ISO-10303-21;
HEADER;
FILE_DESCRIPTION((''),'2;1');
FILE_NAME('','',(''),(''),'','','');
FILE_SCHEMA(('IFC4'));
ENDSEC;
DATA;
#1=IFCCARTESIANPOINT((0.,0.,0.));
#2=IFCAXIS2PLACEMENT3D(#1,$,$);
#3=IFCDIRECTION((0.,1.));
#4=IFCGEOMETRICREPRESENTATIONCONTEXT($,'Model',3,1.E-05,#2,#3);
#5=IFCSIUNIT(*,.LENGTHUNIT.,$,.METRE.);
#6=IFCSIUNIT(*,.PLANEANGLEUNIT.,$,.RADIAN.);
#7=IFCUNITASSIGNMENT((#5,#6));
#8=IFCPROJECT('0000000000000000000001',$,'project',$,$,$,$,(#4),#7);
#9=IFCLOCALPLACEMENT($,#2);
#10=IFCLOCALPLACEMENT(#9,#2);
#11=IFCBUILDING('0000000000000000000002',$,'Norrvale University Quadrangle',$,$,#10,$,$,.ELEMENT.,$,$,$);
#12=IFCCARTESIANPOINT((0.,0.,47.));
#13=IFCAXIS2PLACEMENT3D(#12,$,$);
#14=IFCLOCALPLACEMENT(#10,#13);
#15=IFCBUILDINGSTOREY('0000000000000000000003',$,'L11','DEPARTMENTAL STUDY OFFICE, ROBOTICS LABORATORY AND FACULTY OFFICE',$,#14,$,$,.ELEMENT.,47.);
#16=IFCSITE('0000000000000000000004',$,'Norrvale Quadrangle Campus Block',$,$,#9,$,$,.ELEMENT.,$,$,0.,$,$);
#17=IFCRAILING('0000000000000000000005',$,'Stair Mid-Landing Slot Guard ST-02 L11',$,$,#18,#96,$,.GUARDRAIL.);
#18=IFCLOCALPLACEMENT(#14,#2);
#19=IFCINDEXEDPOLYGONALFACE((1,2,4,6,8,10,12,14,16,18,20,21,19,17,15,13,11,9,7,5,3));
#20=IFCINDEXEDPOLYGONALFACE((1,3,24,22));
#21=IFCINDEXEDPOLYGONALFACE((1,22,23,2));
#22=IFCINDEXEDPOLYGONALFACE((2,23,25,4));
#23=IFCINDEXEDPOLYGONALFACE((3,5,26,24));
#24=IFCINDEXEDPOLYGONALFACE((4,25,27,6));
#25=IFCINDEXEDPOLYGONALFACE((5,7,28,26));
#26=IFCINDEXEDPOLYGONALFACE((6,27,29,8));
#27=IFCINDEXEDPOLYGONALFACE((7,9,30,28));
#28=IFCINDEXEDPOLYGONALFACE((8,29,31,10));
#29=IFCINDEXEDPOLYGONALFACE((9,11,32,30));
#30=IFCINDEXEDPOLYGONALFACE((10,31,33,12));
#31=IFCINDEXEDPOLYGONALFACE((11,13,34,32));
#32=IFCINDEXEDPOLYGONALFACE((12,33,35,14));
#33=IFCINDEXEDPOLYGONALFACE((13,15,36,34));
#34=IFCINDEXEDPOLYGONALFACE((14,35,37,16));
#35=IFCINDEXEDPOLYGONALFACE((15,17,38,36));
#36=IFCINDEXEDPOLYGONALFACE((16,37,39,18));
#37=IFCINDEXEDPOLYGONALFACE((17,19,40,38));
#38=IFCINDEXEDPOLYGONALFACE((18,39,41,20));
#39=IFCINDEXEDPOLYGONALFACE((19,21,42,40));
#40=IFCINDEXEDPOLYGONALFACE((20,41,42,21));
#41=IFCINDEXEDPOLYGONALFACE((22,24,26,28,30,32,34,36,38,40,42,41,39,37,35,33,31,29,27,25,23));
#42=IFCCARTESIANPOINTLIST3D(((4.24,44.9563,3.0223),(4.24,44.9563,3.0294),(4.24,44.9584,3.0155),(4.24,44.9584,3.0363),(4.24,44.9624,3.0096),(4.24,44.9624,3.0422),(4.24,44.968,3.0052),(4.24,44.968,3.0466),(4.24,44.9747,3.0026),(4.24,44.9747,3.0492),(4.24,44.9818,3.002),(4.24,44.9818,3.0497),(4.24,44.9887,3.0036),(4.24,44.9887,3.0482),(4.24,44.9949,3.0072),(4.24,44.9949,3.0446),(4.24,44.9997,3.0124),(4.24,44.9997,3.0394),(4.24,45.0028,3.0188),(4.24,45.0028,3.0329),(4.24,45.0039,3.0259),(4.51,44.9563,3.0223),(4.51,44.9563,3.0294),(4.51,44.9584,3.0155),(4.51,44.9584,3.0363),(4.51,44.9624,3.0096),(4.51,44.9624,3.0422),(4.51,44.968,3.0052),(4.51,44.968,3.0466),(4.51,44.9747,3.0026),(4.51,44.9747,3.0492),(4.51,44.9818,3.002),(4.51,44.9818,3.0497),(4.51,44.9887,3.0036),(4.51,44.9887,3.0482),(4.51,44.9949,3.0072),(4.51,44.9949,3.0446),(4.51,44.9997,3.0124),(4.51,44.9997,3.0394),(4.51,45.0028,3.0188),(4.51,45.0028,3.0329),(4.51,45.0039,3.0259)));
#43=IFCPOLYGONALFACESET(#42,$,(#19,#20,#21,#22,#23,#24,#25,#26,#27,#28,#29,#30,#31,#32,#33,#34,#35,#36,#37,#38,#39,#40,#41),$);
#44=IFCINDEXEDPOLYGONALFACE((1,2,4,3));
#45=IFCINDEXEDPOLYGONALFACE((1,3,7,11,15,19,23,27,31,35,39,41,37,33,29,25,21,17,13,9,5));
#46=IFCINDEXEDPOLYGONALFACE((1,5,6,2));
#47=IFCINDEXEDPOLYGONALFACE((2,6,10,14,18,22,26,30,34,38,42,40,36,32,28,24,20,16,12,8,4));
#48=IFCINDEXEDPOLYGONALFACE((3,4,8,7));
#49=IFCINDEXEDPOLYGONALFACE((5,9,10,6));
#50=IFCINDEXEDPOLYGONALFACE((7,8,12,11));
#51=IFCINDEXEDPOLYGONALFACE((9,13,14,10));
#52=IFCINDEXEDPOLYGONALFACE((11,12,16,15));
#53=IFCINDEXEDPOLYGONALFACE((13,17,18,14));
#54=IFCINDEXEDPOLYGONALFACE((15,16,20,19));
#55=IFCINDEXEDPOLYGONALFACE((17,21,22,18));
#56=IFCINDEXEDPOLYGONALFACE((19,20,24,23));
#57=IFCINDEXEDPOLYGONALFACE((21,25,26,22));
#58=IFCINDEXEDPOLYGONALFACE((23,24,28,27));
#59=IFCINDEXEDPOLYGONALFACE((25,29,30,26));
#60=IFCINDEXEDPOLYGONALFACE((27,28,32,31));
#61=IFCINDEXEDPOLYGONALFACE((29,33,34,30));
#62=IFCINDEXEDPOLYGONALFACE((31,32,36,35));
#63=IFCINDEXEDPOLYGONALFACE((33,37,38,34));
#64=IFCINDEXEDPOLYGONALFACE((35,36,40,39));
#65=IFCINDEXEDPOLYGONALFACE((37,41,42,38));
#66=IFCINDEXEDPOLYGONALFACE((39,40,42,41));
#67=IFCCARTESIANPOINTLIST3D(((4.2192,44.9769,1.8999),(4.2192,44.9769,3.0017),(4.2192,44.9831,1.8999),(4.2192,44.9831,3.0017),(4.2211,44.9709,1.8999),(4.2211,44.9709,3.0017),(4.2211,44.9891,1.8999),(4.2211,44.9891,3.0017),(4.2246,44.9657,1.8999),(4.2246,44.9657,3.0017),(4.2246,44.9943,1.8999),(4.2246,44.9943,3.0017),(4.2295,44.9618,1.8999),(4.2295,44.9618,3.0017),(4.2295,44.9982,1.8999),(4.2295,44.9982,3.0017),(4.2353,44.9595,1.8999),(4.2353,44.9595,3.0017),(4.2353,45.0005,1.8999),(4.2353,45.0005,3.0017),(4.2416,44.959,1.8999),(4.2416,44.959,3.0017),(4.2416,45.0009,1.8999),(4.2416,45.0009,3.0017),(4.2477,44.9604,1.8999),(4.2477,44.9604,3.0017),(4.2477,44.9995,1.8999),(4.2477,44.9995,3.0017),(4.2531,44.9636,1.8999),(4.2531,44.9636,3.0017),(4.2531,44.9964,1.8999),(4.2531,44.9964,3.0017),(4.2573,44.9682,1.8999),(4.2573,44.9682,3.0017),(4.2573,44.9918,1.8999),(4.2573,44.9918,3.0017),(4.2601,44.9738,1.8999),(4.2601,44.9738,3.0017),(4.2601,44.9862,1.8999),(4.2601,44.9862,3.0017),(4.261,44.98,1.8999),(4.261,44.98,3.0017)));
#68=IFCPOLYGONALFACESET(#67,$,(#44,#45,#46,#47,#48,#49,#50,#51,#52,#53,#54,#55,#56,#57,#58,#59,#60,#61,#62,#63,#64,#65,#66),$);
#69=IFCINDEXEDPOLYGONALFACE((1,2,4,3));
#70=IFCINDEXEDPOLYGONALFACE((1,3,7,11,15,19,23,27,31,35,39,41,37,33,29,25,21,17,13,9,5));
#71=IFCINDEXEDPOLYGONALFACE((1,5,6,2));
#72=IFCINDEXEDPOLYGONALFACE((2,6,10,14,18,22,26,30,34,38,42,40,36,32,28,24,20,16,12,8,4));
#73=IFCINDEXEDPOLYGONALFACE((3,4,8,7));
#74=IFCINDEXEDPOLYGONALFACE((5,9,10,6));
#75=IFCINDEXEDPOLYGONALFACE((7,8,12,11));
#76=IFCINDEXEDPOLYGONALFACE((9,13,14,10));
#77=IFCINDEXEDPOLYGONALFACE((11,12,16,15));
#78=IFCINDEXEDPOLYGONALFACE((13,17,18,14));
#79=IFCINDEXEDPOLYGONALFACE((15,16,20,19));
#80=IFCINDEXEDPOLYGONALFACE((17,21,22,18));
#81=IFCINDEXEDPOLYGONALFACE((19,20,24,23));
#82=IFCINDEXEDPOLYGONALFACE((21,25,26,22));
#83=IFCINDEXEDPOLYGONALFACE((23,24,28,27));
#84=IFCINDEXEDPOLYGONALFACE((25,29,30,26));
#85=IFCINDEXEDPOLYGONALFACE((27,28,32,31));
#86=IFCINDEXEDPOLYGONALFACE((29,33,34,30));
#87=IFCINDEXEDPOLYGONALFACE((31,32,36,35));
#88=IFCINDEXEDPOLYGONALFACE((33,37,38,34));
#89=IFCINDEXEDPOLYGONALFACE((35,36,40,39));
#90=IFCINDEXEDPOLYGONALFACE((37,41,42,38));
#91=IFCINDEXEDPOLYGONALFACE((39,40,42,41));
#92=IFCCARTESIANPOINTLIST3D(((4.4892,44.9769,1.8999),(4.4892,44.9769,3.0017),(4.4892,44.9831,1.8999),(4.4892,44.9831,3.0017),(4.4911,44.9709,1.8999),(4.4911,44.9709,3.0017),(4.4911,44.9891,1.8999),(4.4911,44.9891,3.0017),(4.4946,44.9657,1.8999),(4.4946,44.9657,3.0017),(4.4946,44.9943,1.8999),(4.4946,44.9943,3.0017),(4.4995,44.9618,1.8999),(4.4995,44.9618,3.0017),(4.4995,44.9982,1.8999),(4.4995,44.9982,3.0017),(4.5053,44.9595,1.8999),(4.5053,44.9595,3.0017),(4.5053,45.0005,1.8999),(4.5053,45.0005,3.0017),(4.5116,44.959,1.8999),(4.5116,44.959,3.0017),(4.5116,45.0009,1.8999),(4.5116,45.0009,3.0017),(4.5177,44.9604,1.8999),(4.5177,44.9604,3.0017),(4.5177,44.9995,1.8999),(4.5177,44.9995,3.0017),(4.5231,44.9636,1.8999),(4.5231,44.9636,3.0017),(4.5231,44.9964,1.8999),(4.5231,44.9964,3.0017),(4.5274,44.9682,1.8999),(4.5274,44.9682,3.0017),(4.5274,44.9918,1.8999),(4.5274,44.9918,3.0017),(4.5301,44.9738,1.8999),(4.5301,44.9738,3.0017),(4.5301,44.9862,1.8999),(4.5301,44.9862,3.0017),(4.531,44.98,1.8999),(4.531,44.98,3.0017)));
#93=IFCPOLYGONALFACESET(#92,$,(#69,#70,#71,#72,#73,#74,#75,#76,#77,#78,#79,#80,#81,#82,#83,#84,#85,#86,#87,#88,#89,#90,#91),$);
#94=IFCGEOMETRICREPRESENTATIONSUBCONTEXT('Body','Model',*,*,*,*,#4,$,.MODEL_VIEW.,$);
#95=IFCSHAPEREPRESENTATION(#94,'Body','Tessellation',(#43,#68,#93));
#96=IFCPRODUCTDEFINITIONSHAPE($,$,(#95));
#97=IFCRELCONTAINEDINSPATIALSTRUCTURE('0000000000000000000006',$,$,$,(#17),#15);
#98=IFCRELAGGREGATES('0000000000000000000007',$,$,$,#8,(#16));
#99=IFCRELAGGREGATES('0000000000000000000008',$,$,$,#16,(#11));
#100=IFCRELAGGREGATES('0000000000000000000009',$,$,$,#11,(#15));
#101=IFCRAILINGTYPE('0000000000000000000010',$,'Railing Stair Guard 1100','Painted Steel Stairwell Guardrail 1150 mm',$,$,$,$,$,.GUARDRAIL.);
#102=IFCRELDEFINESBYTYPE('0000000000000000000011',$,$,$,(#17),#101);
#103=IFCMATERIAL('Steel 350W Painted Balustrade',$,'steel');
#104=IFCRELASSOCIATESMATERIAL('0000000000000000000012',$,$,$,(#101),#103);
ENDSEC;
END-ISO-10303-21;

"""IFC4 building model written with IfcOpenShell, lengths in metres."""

from ifc_helpers import new_model, si_unit, direction, frame, origin, origin_2d, place, context, subcontext, project, spatial, circle, extrude, material, type_object, element, save


model = new_model("IFC4")

# Units and contexts
model_context = context("Model", 3, precision=1e-05, world=origin(), true_north=direction((0.0, 1.0)))
body_context = subcontext(model_context, "Body", "Model", "MODEL_VIEW")
ifc_project = project(units=[si_unit("LENGTHUNIT", "METRE"), si_unit("PLANEANGLEUNIT", "RADIAN")], contexts=[model_context])

# Site, building, storey
site_placement = place(None, origin())
site = spatial("IfcSite", under=ifc_project, at=site_placement, Name="Norrvale Quadrangle Campus Block", CompositionType="ELEMENT", RefElevation=0.0)
building_placement = place(site_placement, origin())
building = spatial("IfcBuilding", under=site, at=building_placement, Name="Norrvale University Quadrangle", CompositionType="ELEMENT")
storey_placement = place(building_placement, frame((0.0, 0.0, 47.0)))
storey = spatial("IfcBuildingStorey", under=building, at=storey_placement, Name="L11", Description="DEPARTMENTAL STUDY OFFICE, ROBOTICS LABORATORY AND FACULTY OFFICE", CompositionType="ELEMENT", Elevation=47.0)

# Railing
ifc_material_1 = material(Name="Steel 350W Painted Balustrade", Category="steel")
railing_type_1 = type_object("IfcRailingType", Name="Railing Stair Guard 1100", Description="Painted Steel Stairwell Guardrail 1150 mm", PredefinedType="GUARDRAIL", material=ifc_material_1)
for number, where, name in (
    (1, (4.24, 44.98, 1.8999), "Stair Mid-Landing Slot Guard ST-02 L11"),
):
    element("IfcRailing", number, at=place(storey_placement, frame(where)), inside=storey, type_object=railing_type_1, Name=name, PredefinedType="GUARDRAIL", context=body_context, shape_type="SweptSolid", body=[
        extrude(circle(Radius=0.0239, at=origin_2d()), frame((0.0, 0.0, 1.126), z_axis=(1.0, 0.0, 0.0), x_axis=(0.0, 1.0, 0.0)), (0.0, 0.0, 1.0), 0.27),
        extrude(circle(Radius=0.021, at=origin_2d()), origin(), (0.0, 0.0, 1.0), 1.1018),
        extrude(circle(Radius=0.021, at=origin_2d()), frame((0.27, 0.0, 0.0)), (0.0, 0.0, 1.0), 1.1018),
    ])

save(model, "model.ifc")
